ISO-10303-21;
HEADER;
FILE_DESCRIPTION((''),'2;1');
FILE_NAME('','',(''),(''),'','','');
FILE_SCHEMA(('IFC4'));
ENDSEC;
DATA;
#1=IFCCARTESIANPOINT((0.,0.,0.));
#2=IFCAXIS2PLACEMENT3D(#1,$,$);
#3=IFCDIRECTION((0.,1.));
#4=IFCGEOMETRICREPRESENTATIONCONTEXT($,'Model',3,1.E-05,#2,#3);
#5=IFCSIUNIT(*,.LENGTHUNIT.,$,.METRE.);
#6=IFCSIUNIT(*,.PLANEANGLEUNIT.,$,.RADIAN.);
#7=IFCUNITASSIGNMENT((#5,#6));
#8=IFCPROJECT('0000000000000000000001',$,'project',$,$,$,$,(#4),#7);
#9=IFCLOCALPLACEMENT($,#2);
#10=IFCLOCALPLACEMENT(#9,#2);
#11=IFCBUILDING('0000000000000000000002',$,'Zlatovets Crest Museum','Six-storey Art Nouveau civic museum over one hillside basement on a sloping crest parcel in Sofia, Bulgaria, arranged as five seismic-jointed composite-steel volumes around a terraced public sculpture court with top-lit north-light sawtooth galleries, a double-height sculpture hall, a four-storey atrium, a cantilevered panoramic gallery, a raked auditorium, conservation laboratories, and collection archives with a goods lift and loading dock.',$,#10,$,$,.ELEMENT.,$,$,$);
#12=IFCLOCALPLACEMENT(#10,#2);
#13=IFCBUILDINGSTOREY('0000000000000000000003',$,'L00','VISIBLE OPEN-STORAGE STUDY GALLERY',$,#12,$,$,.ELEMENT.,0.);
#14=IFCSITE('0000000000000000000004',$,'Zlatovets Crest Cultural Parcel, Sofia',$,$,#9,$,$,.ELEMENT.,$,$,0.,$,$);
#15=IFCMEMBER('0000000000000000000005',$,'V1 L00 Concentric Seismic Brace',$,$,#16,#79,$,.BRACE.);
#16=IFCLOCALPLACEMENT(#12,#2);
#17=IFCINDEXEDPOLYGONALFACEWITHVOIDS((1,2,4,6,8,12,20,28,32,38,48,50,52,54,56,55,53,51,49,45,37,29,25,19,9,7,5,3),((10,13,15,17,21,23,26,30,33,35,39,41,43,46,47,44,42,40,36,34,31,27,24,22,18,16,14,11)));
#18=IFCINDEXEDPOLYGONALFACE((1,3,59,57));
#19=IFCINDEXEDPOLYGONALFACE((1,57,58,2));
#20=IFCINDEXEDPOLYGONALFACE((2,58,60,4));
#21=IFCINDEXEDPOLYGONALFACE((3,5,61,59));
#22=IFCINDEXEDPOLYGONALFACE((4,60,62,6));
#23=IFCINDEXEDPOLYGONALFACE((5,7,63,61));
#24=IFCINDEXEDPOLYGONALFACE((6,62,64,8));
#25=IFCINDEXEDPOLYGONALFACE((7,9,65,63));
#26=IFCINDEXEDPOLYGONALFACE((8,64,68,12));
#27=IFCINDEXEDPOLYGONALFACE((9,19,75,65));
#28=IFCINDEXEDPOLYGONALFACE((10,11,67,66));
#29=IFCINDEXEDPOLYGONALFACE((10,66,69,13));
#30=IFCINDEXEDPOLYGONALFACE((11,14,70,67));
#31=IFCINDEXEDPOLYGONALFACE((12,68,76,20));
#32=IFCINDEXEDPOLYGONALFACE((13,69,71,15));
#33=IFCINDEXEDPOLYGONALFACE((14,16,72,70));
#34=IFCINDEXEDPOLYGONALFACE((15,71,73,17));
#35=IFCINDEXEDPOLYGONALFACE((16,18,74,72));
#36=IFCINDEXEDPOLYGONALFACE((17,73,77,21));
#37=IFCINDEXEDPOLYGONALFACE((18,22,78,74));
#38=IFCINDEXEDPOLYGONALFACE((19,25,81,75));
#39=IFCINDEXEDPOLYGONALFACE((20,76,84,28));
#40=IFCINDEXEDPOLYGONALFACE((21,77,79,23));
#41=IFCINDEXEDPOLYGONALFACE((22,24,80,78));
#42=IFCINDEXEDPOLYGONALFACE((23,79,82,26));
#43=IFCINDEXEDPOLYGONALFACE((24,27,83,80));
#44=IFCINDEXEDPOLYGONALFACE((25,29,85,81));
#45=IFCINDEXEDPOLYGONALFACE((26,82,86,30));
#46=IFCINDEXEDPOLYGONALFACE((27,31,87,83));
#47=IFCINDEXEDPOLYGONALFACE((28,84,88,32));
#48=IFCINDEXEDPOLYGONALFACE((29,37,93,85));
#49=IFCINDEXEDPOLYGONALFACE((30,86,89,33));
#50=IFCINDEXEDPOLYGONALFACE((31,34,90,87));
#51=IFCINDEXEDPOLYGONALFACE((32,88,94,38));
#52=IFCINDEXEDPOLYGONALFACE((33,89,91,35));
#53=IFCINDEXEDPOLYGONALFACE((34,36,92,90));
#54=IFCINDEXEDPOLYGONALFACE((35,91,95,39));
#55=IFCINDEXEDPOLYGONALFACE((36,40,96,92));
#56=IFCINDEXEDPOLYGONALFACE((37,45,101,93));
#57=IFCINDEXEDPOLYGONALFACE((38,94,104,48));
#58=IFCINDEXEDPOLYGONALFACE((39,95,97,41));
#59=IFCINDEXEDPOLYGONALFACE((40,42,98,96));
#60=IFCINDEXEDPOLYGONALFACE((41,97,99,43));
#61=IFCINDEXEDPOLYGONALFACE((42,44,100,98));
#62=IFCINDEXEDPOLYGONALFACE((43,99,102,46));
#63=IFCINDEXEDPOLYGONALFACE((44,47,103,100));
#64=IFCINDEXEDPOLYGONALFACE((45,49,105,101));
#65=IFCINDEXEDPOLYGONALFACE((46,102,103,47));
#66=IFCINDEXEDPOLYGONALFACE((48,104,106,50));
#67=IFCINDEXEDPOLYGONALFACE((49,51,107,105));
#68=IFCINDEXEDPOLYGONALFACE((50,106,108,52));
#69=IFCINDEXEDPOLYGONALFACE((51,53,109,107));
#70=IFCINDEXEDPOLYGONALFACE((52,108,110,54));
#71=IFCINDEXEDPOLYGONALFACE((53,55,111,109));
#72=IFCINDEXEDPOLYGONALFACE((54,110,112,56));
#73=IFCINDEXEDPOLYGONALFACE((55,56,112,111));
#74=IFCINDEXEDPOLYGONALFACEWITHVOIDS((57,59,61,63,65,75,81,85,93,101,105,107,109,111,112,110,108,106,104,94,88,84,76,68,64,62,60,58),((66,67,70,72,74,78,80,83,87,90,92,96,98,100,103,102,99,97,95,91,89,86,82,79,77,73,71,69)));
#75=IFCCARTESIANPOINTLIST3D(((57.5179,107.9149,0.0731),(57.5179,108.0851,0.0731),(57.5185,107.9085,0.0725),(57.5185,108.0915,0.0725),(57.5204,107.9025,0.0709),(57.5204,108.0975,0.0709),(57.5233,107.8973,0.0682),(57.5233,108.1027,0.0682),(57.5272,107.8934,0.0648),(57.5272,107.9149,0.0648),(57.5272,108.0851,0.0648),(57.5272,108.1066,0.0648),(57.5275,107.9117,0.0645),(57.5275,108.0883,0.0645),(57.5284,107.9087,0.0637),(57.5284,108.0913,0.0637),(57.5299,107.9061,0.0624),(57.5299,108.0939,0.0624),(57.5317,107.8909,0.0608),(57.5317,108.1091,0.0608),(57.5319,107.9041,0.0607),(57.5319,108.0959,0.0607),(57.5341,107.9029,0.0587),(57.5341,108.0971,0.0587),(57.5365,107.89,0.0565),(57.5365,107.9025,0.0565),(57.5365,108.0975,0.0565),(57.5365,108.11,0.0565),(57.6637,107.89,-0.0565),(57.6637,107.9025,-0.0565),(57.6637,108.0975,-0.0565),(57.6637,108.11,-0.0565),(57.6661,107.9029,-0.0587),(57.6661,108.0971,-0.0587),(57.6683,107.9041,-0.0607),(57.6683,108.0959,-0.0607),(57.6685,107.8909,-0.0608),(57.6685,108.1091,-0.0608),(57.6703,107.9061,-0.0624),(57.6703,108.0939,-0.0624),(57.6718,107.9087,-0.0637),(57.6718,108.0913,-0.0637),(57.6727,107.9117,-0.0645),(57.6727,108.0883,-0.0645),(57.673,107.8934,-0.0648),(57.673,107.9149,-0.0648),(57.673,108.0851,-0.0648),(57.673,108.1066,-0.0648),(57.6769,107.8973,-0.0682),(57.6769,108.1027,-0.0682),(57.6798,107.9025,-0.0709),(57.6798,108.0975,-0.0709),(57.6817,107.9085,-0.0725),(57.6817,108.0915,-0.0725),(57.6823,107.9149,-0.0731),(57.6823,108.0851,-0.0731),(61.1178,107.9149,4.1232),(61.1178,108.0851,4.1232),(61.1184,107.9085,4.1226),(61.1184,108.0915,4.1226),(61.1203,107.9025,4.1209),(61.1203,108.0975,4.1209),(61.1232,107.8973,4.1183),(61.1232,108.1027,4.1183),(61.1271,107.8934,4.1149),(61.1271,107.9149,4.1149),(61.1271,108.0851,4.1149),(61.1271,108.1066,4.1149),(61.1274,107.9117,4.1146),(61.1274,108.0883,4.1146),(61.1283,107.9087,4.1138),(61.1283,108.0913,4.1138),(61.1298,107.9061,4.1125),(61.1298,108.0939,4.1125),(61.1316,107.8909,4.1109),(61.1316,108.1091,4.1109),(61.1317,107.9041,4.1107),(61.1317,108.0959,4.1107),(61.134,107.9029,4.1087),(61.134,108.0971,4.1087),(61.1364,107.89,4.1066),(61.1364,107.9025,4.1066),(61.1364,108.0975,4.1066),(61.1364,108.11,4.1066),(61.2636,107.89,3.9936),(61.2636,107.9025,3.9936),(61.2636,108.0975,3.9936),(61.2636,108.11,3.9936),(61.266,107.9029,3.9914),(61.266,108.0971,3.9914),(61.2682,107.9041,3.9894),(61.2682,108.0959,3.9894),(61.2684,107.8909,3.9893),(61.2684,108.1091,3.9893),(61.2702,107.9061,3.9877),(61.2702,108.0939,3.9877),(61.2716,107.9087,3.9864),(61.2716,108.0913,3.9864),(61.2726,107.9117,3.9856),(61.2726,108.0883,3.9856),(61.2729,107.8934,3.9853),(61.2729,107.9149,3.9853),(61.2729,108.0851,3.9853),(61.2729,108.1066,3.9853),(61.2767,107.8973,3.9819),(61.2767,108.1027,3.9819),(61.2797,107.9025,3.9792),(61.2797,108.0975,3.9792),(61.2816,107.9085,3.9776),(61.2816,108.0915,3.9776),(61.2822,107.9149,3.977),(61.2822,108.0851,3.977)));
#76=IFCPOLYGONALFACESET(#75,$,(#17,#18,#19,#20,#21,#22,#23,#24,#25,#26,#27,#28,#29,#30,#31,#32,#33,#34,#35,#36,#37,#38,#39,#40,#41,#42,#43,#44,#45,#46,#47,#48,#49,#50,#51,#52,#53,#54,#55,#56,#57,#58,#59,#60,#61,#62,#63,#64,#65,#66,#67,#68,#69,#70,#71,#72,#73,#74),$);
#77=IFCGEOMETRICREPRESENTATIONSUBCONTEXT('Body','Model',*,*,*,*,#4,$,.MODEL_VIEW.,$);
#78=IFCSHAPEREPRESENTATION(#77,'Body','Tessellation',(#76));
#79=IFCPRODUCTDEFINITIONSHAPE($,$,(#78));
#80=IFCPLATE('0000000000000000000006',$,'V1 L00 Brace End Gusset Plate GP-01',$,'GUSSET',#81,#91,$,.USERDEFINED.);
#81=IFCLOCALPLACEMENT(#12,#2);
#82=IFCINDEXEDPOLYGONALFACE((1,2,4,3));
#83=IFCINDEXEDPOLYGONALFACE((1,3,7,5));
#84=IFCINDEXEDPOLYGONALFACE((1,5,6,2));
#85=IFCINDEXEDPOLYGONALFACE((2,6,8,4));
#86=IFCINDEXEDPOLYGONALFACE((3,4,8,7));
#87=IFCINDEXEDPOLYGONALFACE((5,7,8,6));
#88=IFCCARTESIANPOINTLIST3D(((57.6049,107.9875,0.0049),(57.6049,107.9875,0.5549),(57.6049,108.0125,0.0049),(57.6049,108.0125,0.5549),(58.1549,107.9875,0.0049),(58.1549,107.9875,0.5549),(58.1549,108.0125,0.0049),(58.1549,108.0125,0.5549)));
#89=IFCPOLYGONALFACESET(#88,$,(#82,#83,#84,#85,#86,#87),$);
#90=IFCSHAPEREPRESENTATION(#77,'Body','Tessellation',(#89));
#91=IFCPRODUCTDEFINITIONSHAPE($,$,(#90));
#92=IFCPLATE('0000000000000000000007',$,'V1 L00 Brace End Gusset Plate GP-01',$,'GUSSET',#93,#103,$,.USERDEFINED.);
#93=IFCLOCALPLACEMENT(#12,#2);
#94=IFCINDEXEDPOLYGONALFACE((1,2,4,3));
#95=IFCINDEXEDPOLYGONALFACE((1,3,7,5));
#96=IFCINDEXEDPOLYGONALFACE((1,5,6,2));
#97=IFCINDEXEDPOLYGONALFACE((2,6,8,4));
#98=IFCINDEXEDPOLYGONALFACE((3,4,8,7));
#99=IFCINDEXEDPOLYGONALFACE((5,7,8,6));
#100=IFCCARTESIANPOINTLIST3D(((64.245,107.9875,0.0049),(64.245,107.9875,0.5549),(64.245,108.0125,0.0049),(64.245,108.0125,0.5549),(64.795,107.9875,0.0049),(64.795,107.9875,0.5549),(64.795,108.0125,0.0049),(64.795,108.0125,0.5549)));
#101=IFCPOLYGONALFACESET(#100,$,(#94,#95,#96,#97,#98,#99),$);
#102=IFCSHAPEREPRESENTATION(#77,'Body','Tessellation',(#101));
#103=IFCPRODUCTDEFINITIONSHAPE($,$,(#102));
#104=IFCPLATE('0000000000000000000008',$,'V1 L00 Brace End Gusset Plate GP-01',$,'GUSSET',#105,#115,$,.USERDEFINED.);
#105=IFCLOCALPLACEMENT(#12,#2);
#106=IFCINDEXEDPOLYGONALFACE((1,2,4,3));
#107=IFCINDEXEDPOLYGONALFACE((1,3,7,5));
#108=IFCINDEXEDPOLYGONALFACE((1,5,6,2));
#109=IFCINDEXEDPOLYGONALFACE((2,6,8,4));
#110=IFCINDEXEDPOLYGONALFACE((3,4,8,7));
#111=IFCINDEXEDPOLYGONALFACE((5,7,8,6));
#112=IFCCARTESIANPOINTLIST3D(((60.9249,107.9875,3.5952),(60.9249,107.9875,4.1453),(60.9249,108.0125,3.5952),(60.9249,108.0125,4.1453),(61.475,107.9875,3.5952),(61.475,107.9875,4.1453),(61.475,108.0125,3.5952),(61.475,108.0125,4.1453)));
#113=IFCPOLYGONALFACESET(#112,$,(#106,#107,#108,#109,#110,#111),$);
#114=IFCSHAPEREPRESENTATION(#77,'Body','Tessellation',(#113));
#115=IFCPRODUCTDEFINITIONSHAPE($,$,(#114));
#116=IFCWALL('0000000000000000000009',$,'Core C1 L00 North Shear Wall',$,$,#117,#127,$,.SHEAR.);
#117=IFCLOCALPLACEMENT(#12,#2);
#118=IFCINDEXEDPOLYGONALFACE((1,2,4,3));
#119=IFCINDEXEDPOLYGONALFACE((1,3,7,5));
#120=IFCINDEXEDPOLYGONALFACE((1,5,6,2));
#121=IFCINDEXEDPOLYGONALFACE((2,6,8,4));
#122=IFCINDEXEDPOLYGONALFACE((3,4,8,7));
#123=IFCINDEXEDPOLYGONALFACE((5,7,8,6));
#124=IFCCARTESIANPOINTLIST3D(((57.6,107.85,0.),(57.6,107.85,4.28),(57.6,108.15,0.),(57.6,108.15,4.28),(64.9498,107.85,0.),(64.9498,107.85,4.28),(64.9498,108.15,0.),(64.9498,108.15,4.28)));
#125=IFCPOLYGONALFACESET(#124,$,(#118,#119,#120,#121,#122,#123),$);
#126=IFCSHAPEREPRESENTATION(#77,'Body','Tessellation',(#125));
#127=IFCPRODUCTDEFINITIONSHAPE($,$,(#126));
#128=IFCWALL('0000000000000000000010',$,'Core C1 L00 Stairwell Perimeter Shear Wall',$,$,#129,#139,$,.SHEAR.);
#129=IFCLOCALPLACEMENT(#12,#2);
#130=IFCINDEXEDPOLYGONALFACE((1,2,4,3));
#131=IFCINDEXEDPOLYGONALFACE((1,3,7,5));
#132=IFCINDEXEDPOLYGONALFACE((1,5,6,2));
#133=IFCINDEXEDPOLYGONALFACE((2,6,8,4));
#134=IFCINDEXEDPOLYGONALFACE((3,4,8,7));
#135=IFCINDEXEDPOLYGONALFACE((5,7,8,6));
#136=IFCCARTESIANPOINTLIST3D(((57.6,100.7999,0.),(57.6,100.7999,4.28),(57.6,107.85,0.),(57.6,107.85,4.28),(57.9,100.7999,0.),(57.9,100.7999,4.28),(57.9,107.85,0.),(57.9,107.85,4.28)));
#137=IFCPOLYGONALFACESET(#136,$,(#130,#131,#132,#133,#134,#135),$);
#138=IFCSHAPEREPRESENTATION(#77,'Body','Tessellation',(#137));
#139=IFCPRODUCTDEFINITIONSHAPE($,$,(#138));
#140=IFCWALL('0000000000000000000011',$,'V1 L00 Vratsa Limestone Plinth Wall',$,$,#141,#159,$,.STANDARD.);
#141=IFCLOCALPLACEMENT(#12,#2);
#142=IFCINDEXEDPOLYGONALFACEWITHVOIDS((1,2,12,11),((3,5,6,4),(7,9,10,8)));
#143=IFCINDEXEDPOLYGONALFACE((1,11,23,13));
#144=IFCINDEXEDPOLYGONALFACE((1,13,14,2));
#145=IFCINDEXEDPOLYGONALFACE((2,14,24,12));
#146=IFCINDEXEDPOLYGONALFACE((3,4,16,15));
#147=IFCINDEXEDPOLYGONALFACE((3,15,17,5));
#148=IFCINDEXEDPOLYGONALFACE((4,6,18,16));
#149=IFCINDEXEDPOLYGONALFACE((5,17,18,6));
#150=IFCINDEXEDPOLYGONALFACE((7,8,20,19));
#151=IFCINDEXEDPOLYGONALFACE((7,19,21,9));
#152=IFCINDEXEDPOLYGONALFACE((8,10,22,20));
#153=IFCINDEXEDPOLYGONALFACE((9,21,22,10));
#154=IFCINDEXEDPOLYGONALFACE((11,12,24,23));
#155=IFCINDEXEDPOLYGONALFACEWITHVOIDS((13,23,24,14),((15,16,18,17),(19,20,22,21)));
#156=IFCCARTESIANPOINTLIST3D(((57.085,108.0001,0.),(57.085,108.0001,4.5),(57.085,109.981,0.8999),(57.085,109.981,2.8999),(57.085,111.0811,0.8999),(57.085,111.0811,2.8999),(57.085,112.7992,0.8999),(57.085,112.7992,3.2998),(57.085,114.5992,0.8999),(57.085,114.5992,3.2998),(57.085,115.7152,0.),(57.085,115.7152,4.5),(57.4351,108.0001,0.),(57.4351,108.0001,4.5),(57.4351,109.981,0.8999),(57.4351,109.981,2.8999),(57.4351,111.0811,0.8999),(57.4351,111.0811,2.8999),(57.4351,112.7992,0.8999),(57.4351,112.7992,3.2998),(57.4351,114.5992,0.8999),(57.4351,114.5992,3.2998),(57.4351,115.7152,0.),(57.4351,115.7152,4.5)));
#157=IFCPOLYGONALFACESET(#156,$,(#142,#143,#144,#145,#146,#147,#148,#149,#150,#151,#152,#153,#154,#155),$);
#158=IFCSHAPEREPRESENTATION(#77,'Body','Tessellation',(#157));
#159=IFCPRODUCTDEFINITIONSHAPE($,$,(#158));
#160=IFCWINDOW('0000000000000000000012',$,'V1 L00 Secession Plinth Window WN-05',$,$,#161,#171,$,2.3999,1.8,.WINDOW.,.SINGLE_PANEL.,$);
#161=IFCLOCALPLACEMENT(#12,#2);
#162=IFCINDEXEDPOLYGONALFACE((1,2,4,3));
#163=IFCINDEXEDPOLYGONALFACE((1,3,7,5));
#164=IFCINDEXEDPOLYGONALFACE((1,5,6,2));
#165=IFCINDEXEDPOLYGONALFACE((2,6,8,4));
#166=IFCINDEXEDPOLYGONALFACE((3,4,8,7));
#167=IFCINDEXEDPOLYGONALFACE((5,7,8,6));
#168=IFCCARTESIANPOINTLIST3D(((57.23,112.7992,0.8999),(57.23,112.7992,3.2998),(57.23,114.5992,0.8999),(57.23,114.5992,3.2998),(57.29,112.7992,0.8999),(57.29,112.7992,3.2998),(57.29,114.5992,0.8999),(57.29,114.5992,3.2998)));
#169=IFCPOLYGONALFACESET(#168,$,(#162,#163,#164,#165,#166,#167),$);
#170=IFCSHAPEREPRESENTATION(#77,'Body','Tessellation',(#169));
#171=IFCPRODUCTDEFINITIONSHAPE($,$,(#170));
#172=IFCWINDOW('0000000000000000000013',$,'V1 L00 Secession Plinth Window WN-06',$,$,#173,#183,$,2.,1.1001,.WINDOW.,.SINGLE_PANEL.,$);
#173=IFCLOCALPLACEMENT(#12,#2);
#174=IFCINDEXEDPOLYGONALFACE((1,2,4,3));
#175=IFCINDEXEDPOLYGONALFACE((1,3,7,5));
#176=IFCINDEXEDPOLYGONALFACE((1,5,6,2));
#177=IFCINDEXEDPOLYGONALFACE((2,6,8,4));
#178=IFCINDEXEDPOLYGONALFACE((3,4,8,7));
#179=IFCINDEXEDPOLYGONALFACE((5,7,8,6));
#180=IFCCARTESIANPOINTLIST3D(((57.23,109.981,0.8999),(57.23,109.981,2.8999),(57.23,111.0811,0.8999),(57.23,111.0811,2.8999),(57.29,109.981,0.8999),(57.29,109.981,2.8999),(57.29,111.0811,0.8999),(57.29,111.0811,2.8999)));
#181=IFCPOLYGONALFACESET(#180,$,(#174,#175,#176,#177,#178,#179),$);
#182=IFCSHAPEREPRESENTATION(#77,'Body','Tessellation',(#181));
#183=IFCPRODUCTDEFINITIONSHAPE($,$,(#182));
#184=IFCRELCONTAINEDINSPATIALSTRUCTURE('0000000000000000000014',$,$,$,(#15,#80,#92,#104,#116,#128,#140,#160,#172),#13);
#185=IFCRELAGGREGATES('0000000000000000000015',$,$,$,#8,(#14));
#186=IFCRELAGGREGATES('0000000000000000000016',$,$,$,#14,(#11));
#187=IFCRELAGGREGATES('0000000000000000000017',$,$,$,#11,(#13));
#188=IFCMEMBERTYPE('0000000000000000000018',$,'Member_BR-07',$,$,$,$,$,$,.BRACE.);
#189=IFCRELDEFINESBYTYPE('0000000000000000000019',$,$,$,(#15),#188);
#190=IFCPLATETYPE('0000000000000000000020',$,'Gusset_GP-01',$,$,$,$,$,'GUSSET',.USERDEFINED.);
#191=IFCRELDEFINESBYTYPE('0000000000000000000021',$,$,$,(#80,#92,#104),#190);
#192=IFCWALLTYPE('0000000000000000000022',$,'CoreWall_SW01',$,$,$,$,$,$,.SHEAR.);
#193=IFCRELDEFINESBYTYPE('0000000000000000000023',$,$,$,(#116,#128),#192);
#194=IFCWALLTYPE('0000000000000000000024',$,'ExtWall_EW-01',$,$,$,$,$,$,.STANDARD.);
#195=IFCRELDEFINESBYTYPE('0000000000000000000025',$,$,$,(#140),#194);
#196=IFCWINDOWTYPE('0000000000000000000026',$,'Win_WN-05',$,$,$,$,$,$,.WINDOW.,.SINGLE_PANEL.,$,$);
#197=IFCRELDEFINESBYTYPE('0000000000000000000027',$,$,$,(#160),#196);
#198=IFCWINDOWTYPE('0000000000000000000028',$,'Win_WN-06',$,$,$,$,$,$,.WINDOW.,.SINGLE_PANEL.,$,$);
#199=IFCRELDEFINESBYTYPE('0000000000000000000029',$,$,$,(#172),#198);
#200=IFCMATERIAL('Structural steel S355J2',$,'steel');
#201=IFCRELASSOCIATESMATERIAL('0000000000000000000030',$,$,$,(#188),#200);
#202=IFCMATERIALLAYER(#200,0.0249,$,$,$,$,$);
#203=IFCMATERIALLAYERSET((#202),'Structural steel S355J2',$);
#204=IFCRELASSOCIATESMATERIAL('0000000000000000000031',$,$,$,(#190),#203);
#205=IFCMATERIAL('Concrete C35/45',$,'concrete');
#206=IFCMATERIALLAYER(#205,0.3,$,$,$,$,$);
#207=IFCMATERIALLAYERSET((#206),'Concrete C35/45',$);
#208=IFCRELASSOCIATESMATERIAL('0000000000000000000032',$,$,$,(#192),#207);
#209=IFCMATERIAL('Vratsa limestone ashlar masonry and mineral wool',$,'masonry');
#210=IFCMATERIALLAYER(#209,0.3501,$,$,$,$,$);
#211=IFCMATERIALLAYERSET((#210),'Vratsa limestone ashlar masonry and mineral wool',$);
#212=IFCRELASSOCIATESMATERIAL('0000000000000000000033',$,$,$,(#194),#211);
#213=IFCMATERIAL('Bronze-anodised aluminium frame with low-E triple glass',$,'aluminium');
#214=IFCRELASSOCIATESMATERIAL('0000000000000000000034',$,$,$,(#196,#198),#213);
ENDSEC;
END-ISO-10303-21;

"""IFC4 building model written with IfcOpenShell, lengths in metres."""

from ifc_helpers import new_model, si_unit, direction, frame, frame_2d, origin, origin_2d, place, context, subcontext, project, spatial, rectangle, hollow_rectangle, extrude, material, layer, layer_set, material_profile, profile_set, type_object, element, fill, save


model = new_model("IFC4")

# Units and contexts
model_context = context("Model", 3, precision=1e-05, world=origin(), true_north=direction((0.0, 1.0)))
body_context = subcontext(model_context, "Body", "Model", "MODEL_VIEW")
ifc_project = project(units=[si_unit("LENGTHUNIT", "METRE"), si_unit("PLANEANGLEUNIT", "RADIAN")], contexts=[model_context])

# Site, building, storey
site_placement = place(None, origin())
site = spatial("IfcSite", under=ifc_project, at=site_placement, Name="Zlatovets Crest Cultural Parcel, Sofia", CompositionType="ELEMENT", RefElevation=0.0)
building_placement = place(site_placement, origin())
building = spatial("IfcBuilding", under=site, at=building_placement, Name="Zlatovets Crest Museum", Description="Six-storey Art Nouveau civic museum over one hillside basement on a sloping crest parcel in Sofia, Bulgaria, arranged as five seismic-jointed composite-steel volumes around a terraced public sculpture court with top-lit north-light sawtooth galleries, a double-height sculpture hall, a four-storey atrium, a cantilevered panoramic gallery, a raked auditorium, conservation laboratories, and collection archives with a goods lift and loading dock.", CompositionType="ELEMENT")
storey_placement = place(building_placement, origin())
storey = spatial("IfcBuildingStorey", under=building, at=storey_placement, Name="L00", Description="VISIBLE OPEN-STORAGE STUDY GALLERY", CompositionType="ELEMENT", Elevation=0.0)

# Shared definitions
ifc_material_1 = material(Name="Structural steel S355J2", Category="steel")

# Member
ifc_material_profile_1 = material_profile(ifc_material_1, hollow_rectangle(XDim=0.22, YDim=0.22, WallThickness=0.0125, InnerFilletRadius=0.0125, OuterFilletRadius=0.0249, at=origin_2d()), Name="SHS 220x220x12.5")
ifc_profile_set_1 = profile_set([ifc_material_profile_1], Name="Structural steel S355J2")
member_type = type_object("IfcMemberType", Name="Member_BR-07", PredefinedType="BRACE", material=ifc_profile_set_1)
member_placement = place(storey_placement, frame((57.6001, 108.0, 0.0), z_axis=(0.664344, 0.0, 0.747427), x_axis=(0.0, 1.0, 0.0)))
element("IfcMember", 1, at=member_placement, inside=storey, type_object=member_type, Name="V1 L00 Concentric Seismic Brace", PredefinedType="BRACE", context=body_context, shape_type="SweptSolid", body=[
    extrude(hollow_rectangle(XDim=0.22, YDim=0.22, WallThickness=0.0125, InnerFilletRadius=0.0125, OuterFilletRadius=0.0249, at=origin_2d()), origin(), (0.0, 0.0, 1.0), 5.4187),
])

# Plates
ifc_layer_1 = layer(ifc_material_1, 0.0249)
ifc_layer_set_1 = layer_set([ifc_layer_1], Name="Structural steel S355J2")
plate_type = type_object("IfcPlateType", Name="Gusset_GP-01", ElementType="GUSSET", PredefinedType="USERDEFINED", material=ifc_layer_set_1)
for number, where, z_axis, x_axis, name in (
    (2, (57.8799, 108.0, 0.0049), (0.0, 0.0, 1.0), (1.0, 0.0, 0.0), "V1 L00 Brace End Gusset Plate GP-01"),
    (3, (64.52, 108.0, 0.0049), (0.0, 0.0, 1.0), (1.0, 0.0, 0.0), "V1 L00 Brace End Gusset Plate GP-01"),
    (4, (61.2, 108.0, 3.5952), (0.0, 0.0, 1.0), (1.0, 0.0, 0.0), "V1 L00 Brace End Gusset Plate GP-01"),
):
    element("IfcPlate", number, at=place(storey_placement, frame(where, z_axis=z_axis, x_axis=x_axis)), inside=storey, type_object=plate_type, Name=name, ObjectType="GUSSET", PredefinedType="USERDEFINED", context=body_context, shape_type="SweptSolid", body=[
        extrude(rectangle(XDim=0.55, YDim=0.0249, at=origin_2d()), origin(), (0.0, 0.0, 1.0), 0.55),
    ])

# Walls
ifc_material_2 = material(Name="Concrete C35/45", Category="concrete")
ifc_layer_2 = layer(ifc_material_2, 0.3)
ifc_layer_set_2 = layer_set([ifc_layer_2], Name="Concrete C35/45")
wall_type_1 = type_object("IfcWallType", Name="CoreWall_SW01", PredefinedType="SHEAR", material=ifc_layer_set_2)
wall_1_placement = place(storey_placement, frame((57.6001, 108.0, 0.0), z_axis=(0.0, 0.0, 1.0), x_axis=(1.0, 0.0, 0.0)))
element("IfcWall", 5, at=wall_1_placement, inside=storey, type_object=wall_type_1, Name="Core C1 L00 North Shear Wall", PredefinedType="SHEAR", context=body_context, shape_type="SweptSolid", body=[
    extrude(rectangle(XDim=7.3499, YDim=0.3, at=frame_2d((3.6748, 0.0))), origin(), (0.0, 0.0, 1.0), 4.28),
])
wall_2_placement = place(storey_placement, frame((57.75, 100.8, 0.0), z_axis=(0.0, 0.0, 1.0), x_axis=(0.0, 1.0, 0.0)))
element("IfcWall", 6, at=wall_2_placement, inside=storey, type_object=wall_type_1, Name="Core C1 L00 Stairwell Perimeter Shear Wall", PredefinedType="SHEAR", context=body_context, shape_type="SweptSolid", body=[
    extrude(rectangle(XDim=7.05, YDim=0.3, at=frame_2d((3.5249, 0.0))), origin(), (0.0, 0.0, 1.0), 4.28),
])

# Wall, openings, windows
ifc_material_3 = material(Name="Vratsa limestone ashlar masonry and mineral wool", Category="masonry")
ifc_layer_3 = layer(ifc_material_3, 0.3501)
ifc_layer_set_3 = layer_set([ifc_layer_3], Name="Vratsa limestone ashlar masonry and mineral wool")
wall_type_2 = type_object("IfcWallType", Name="ExtWall_EW-01", PredefinedType="STANDARD", material=ifc_layer_set_3)
wall_3_placement = place(storey_placement, frame((57.26, 115.7151, 0.0), z_axis=(0.0, 0.0, 1.0), x_axis=(0.0, -1.0, 0.0)))
wall_3 = element("IfcWall", 7, at=wall_3_placement, inside=storey, type_object=wall_type_2, Name="V1 L00 Vratsa Limestone Plinth Wall", PredefinedType="STANDARD", context=body_context, shape_type="SweptSolid", body=[
    extrude(rectangle(XDim=7.7151, YDim=0.3501, at=frame_2d((3.8574, 0.0))), origin(), (0.0, 0.0, 1.0), 4.5),
])
opening_1_placement = place(wall_3_placement, frame((1.116, 0.0, 0.8999)))
opening_1 = element("IfcOpeningElement", 8, at=opening_1_placement, cuts=wall_3, PredefinedType="OPENING", context=body_context, shape_type="SweptSolid", body=[
    extrude(rectangle(XDim=1.8, YDim=2.3999, at=frame_2d((0.8999, 1.2))), frame((0.0, 0.1851, 0.0), z_axis=(0.0, -1.0, 0.0), x_axis=(1.0, 0.0, 0.0)), (0.0, 0.0, 1.0), 0.3701),
])
opening_2_placement = place(wall_3_placement, frame((4.634, 0.0, 0.8999)))
opening_2 = element("IfcOpeningElement", 9, at=opening_2_placement, cuts=wall_3, PredefinedType="OPENING", context=body_context, shape_type="SweptSolid", body=[
    extrude(rectangle(XDim=1.1001, YDim=2.0, at=frame_2d((0.55, 1.0))), frame((0.0, 0.1851, 0.0), z_axis=(0.0, -1.0, 0.0), x_axis=(1.0, 0.0, 0.0)), (0.0, 0.0, 1.0), 0.3701),
])
ifc_material_4 = material(Name="Bronze-anodised aluminium frame with low-E triple glass", Category="aluminium")
window_type_1 = type_object("IfcWindowType", Name="Win_WN-05", PartitioningType="SINGLE_PANEL", PredefinedType="WINDOW", material=ifc_material_4)
window_1_placement = place(opening_1_placement, origin())
window_1 = element("IfcWindow", 10, at=window_1_placement, inside=storey, type_object=window_type_1, Name="V1 L00 Secession Plinth Window WN-05", OverallHeight=2.3999, OverallWidth=1.8, PartitioningType="SINGLE_PANEL", PredefinedType="WINDOW", context=body_context, shape_type="SweptSolid", body=[
    extrude(rectangle(XDim=1.8, YDim=2.3999, at=frame_2d((0.8999, 1.2))), frame((0.0, 0.03, 0.0), z_axis=(0.0, -1.0, 0.0), x_axis=(1.0, 0.0, 0.0)), (0.0, 0.0, 1.0), 0.0601),
])
fill(opening_1, window_1)
window_type_2 = type_object("IfcWindowType", Name="Win_WN-06", PartitioningType="SINGLE_PANEL", PredefinedType="WINDOW", material=ifc_material_4)
window_2_placement = place(opening_2_placement, origin())
window_2 = element("IfcWindow", 11, at=window_2_placement, inside=storey, type_object=window_type_2, Name="V1 L00 Secession Plinth Window WN-06", OverallHeight=2.0, OverallWidth=1.1001, PartitioningType="SINGLE_PANEL", PredefinedType="WINDOW", context=body_context, shape_type="SweptSolid", body=[
    extrude(rectangle(XDim=1.1001, YDim=2.0, at=frame_2d((0.55, 1.0))), frame((0.0, 0.03, 0.0), z_axis=(0.0, -1.0, 0.0), x_axis=(1.0, 0.0, 0.0)), (0.0, 0.0, 1.0), 0.0601),
])
fill(opening_2, window_2)

save(model, "model.ifc")
